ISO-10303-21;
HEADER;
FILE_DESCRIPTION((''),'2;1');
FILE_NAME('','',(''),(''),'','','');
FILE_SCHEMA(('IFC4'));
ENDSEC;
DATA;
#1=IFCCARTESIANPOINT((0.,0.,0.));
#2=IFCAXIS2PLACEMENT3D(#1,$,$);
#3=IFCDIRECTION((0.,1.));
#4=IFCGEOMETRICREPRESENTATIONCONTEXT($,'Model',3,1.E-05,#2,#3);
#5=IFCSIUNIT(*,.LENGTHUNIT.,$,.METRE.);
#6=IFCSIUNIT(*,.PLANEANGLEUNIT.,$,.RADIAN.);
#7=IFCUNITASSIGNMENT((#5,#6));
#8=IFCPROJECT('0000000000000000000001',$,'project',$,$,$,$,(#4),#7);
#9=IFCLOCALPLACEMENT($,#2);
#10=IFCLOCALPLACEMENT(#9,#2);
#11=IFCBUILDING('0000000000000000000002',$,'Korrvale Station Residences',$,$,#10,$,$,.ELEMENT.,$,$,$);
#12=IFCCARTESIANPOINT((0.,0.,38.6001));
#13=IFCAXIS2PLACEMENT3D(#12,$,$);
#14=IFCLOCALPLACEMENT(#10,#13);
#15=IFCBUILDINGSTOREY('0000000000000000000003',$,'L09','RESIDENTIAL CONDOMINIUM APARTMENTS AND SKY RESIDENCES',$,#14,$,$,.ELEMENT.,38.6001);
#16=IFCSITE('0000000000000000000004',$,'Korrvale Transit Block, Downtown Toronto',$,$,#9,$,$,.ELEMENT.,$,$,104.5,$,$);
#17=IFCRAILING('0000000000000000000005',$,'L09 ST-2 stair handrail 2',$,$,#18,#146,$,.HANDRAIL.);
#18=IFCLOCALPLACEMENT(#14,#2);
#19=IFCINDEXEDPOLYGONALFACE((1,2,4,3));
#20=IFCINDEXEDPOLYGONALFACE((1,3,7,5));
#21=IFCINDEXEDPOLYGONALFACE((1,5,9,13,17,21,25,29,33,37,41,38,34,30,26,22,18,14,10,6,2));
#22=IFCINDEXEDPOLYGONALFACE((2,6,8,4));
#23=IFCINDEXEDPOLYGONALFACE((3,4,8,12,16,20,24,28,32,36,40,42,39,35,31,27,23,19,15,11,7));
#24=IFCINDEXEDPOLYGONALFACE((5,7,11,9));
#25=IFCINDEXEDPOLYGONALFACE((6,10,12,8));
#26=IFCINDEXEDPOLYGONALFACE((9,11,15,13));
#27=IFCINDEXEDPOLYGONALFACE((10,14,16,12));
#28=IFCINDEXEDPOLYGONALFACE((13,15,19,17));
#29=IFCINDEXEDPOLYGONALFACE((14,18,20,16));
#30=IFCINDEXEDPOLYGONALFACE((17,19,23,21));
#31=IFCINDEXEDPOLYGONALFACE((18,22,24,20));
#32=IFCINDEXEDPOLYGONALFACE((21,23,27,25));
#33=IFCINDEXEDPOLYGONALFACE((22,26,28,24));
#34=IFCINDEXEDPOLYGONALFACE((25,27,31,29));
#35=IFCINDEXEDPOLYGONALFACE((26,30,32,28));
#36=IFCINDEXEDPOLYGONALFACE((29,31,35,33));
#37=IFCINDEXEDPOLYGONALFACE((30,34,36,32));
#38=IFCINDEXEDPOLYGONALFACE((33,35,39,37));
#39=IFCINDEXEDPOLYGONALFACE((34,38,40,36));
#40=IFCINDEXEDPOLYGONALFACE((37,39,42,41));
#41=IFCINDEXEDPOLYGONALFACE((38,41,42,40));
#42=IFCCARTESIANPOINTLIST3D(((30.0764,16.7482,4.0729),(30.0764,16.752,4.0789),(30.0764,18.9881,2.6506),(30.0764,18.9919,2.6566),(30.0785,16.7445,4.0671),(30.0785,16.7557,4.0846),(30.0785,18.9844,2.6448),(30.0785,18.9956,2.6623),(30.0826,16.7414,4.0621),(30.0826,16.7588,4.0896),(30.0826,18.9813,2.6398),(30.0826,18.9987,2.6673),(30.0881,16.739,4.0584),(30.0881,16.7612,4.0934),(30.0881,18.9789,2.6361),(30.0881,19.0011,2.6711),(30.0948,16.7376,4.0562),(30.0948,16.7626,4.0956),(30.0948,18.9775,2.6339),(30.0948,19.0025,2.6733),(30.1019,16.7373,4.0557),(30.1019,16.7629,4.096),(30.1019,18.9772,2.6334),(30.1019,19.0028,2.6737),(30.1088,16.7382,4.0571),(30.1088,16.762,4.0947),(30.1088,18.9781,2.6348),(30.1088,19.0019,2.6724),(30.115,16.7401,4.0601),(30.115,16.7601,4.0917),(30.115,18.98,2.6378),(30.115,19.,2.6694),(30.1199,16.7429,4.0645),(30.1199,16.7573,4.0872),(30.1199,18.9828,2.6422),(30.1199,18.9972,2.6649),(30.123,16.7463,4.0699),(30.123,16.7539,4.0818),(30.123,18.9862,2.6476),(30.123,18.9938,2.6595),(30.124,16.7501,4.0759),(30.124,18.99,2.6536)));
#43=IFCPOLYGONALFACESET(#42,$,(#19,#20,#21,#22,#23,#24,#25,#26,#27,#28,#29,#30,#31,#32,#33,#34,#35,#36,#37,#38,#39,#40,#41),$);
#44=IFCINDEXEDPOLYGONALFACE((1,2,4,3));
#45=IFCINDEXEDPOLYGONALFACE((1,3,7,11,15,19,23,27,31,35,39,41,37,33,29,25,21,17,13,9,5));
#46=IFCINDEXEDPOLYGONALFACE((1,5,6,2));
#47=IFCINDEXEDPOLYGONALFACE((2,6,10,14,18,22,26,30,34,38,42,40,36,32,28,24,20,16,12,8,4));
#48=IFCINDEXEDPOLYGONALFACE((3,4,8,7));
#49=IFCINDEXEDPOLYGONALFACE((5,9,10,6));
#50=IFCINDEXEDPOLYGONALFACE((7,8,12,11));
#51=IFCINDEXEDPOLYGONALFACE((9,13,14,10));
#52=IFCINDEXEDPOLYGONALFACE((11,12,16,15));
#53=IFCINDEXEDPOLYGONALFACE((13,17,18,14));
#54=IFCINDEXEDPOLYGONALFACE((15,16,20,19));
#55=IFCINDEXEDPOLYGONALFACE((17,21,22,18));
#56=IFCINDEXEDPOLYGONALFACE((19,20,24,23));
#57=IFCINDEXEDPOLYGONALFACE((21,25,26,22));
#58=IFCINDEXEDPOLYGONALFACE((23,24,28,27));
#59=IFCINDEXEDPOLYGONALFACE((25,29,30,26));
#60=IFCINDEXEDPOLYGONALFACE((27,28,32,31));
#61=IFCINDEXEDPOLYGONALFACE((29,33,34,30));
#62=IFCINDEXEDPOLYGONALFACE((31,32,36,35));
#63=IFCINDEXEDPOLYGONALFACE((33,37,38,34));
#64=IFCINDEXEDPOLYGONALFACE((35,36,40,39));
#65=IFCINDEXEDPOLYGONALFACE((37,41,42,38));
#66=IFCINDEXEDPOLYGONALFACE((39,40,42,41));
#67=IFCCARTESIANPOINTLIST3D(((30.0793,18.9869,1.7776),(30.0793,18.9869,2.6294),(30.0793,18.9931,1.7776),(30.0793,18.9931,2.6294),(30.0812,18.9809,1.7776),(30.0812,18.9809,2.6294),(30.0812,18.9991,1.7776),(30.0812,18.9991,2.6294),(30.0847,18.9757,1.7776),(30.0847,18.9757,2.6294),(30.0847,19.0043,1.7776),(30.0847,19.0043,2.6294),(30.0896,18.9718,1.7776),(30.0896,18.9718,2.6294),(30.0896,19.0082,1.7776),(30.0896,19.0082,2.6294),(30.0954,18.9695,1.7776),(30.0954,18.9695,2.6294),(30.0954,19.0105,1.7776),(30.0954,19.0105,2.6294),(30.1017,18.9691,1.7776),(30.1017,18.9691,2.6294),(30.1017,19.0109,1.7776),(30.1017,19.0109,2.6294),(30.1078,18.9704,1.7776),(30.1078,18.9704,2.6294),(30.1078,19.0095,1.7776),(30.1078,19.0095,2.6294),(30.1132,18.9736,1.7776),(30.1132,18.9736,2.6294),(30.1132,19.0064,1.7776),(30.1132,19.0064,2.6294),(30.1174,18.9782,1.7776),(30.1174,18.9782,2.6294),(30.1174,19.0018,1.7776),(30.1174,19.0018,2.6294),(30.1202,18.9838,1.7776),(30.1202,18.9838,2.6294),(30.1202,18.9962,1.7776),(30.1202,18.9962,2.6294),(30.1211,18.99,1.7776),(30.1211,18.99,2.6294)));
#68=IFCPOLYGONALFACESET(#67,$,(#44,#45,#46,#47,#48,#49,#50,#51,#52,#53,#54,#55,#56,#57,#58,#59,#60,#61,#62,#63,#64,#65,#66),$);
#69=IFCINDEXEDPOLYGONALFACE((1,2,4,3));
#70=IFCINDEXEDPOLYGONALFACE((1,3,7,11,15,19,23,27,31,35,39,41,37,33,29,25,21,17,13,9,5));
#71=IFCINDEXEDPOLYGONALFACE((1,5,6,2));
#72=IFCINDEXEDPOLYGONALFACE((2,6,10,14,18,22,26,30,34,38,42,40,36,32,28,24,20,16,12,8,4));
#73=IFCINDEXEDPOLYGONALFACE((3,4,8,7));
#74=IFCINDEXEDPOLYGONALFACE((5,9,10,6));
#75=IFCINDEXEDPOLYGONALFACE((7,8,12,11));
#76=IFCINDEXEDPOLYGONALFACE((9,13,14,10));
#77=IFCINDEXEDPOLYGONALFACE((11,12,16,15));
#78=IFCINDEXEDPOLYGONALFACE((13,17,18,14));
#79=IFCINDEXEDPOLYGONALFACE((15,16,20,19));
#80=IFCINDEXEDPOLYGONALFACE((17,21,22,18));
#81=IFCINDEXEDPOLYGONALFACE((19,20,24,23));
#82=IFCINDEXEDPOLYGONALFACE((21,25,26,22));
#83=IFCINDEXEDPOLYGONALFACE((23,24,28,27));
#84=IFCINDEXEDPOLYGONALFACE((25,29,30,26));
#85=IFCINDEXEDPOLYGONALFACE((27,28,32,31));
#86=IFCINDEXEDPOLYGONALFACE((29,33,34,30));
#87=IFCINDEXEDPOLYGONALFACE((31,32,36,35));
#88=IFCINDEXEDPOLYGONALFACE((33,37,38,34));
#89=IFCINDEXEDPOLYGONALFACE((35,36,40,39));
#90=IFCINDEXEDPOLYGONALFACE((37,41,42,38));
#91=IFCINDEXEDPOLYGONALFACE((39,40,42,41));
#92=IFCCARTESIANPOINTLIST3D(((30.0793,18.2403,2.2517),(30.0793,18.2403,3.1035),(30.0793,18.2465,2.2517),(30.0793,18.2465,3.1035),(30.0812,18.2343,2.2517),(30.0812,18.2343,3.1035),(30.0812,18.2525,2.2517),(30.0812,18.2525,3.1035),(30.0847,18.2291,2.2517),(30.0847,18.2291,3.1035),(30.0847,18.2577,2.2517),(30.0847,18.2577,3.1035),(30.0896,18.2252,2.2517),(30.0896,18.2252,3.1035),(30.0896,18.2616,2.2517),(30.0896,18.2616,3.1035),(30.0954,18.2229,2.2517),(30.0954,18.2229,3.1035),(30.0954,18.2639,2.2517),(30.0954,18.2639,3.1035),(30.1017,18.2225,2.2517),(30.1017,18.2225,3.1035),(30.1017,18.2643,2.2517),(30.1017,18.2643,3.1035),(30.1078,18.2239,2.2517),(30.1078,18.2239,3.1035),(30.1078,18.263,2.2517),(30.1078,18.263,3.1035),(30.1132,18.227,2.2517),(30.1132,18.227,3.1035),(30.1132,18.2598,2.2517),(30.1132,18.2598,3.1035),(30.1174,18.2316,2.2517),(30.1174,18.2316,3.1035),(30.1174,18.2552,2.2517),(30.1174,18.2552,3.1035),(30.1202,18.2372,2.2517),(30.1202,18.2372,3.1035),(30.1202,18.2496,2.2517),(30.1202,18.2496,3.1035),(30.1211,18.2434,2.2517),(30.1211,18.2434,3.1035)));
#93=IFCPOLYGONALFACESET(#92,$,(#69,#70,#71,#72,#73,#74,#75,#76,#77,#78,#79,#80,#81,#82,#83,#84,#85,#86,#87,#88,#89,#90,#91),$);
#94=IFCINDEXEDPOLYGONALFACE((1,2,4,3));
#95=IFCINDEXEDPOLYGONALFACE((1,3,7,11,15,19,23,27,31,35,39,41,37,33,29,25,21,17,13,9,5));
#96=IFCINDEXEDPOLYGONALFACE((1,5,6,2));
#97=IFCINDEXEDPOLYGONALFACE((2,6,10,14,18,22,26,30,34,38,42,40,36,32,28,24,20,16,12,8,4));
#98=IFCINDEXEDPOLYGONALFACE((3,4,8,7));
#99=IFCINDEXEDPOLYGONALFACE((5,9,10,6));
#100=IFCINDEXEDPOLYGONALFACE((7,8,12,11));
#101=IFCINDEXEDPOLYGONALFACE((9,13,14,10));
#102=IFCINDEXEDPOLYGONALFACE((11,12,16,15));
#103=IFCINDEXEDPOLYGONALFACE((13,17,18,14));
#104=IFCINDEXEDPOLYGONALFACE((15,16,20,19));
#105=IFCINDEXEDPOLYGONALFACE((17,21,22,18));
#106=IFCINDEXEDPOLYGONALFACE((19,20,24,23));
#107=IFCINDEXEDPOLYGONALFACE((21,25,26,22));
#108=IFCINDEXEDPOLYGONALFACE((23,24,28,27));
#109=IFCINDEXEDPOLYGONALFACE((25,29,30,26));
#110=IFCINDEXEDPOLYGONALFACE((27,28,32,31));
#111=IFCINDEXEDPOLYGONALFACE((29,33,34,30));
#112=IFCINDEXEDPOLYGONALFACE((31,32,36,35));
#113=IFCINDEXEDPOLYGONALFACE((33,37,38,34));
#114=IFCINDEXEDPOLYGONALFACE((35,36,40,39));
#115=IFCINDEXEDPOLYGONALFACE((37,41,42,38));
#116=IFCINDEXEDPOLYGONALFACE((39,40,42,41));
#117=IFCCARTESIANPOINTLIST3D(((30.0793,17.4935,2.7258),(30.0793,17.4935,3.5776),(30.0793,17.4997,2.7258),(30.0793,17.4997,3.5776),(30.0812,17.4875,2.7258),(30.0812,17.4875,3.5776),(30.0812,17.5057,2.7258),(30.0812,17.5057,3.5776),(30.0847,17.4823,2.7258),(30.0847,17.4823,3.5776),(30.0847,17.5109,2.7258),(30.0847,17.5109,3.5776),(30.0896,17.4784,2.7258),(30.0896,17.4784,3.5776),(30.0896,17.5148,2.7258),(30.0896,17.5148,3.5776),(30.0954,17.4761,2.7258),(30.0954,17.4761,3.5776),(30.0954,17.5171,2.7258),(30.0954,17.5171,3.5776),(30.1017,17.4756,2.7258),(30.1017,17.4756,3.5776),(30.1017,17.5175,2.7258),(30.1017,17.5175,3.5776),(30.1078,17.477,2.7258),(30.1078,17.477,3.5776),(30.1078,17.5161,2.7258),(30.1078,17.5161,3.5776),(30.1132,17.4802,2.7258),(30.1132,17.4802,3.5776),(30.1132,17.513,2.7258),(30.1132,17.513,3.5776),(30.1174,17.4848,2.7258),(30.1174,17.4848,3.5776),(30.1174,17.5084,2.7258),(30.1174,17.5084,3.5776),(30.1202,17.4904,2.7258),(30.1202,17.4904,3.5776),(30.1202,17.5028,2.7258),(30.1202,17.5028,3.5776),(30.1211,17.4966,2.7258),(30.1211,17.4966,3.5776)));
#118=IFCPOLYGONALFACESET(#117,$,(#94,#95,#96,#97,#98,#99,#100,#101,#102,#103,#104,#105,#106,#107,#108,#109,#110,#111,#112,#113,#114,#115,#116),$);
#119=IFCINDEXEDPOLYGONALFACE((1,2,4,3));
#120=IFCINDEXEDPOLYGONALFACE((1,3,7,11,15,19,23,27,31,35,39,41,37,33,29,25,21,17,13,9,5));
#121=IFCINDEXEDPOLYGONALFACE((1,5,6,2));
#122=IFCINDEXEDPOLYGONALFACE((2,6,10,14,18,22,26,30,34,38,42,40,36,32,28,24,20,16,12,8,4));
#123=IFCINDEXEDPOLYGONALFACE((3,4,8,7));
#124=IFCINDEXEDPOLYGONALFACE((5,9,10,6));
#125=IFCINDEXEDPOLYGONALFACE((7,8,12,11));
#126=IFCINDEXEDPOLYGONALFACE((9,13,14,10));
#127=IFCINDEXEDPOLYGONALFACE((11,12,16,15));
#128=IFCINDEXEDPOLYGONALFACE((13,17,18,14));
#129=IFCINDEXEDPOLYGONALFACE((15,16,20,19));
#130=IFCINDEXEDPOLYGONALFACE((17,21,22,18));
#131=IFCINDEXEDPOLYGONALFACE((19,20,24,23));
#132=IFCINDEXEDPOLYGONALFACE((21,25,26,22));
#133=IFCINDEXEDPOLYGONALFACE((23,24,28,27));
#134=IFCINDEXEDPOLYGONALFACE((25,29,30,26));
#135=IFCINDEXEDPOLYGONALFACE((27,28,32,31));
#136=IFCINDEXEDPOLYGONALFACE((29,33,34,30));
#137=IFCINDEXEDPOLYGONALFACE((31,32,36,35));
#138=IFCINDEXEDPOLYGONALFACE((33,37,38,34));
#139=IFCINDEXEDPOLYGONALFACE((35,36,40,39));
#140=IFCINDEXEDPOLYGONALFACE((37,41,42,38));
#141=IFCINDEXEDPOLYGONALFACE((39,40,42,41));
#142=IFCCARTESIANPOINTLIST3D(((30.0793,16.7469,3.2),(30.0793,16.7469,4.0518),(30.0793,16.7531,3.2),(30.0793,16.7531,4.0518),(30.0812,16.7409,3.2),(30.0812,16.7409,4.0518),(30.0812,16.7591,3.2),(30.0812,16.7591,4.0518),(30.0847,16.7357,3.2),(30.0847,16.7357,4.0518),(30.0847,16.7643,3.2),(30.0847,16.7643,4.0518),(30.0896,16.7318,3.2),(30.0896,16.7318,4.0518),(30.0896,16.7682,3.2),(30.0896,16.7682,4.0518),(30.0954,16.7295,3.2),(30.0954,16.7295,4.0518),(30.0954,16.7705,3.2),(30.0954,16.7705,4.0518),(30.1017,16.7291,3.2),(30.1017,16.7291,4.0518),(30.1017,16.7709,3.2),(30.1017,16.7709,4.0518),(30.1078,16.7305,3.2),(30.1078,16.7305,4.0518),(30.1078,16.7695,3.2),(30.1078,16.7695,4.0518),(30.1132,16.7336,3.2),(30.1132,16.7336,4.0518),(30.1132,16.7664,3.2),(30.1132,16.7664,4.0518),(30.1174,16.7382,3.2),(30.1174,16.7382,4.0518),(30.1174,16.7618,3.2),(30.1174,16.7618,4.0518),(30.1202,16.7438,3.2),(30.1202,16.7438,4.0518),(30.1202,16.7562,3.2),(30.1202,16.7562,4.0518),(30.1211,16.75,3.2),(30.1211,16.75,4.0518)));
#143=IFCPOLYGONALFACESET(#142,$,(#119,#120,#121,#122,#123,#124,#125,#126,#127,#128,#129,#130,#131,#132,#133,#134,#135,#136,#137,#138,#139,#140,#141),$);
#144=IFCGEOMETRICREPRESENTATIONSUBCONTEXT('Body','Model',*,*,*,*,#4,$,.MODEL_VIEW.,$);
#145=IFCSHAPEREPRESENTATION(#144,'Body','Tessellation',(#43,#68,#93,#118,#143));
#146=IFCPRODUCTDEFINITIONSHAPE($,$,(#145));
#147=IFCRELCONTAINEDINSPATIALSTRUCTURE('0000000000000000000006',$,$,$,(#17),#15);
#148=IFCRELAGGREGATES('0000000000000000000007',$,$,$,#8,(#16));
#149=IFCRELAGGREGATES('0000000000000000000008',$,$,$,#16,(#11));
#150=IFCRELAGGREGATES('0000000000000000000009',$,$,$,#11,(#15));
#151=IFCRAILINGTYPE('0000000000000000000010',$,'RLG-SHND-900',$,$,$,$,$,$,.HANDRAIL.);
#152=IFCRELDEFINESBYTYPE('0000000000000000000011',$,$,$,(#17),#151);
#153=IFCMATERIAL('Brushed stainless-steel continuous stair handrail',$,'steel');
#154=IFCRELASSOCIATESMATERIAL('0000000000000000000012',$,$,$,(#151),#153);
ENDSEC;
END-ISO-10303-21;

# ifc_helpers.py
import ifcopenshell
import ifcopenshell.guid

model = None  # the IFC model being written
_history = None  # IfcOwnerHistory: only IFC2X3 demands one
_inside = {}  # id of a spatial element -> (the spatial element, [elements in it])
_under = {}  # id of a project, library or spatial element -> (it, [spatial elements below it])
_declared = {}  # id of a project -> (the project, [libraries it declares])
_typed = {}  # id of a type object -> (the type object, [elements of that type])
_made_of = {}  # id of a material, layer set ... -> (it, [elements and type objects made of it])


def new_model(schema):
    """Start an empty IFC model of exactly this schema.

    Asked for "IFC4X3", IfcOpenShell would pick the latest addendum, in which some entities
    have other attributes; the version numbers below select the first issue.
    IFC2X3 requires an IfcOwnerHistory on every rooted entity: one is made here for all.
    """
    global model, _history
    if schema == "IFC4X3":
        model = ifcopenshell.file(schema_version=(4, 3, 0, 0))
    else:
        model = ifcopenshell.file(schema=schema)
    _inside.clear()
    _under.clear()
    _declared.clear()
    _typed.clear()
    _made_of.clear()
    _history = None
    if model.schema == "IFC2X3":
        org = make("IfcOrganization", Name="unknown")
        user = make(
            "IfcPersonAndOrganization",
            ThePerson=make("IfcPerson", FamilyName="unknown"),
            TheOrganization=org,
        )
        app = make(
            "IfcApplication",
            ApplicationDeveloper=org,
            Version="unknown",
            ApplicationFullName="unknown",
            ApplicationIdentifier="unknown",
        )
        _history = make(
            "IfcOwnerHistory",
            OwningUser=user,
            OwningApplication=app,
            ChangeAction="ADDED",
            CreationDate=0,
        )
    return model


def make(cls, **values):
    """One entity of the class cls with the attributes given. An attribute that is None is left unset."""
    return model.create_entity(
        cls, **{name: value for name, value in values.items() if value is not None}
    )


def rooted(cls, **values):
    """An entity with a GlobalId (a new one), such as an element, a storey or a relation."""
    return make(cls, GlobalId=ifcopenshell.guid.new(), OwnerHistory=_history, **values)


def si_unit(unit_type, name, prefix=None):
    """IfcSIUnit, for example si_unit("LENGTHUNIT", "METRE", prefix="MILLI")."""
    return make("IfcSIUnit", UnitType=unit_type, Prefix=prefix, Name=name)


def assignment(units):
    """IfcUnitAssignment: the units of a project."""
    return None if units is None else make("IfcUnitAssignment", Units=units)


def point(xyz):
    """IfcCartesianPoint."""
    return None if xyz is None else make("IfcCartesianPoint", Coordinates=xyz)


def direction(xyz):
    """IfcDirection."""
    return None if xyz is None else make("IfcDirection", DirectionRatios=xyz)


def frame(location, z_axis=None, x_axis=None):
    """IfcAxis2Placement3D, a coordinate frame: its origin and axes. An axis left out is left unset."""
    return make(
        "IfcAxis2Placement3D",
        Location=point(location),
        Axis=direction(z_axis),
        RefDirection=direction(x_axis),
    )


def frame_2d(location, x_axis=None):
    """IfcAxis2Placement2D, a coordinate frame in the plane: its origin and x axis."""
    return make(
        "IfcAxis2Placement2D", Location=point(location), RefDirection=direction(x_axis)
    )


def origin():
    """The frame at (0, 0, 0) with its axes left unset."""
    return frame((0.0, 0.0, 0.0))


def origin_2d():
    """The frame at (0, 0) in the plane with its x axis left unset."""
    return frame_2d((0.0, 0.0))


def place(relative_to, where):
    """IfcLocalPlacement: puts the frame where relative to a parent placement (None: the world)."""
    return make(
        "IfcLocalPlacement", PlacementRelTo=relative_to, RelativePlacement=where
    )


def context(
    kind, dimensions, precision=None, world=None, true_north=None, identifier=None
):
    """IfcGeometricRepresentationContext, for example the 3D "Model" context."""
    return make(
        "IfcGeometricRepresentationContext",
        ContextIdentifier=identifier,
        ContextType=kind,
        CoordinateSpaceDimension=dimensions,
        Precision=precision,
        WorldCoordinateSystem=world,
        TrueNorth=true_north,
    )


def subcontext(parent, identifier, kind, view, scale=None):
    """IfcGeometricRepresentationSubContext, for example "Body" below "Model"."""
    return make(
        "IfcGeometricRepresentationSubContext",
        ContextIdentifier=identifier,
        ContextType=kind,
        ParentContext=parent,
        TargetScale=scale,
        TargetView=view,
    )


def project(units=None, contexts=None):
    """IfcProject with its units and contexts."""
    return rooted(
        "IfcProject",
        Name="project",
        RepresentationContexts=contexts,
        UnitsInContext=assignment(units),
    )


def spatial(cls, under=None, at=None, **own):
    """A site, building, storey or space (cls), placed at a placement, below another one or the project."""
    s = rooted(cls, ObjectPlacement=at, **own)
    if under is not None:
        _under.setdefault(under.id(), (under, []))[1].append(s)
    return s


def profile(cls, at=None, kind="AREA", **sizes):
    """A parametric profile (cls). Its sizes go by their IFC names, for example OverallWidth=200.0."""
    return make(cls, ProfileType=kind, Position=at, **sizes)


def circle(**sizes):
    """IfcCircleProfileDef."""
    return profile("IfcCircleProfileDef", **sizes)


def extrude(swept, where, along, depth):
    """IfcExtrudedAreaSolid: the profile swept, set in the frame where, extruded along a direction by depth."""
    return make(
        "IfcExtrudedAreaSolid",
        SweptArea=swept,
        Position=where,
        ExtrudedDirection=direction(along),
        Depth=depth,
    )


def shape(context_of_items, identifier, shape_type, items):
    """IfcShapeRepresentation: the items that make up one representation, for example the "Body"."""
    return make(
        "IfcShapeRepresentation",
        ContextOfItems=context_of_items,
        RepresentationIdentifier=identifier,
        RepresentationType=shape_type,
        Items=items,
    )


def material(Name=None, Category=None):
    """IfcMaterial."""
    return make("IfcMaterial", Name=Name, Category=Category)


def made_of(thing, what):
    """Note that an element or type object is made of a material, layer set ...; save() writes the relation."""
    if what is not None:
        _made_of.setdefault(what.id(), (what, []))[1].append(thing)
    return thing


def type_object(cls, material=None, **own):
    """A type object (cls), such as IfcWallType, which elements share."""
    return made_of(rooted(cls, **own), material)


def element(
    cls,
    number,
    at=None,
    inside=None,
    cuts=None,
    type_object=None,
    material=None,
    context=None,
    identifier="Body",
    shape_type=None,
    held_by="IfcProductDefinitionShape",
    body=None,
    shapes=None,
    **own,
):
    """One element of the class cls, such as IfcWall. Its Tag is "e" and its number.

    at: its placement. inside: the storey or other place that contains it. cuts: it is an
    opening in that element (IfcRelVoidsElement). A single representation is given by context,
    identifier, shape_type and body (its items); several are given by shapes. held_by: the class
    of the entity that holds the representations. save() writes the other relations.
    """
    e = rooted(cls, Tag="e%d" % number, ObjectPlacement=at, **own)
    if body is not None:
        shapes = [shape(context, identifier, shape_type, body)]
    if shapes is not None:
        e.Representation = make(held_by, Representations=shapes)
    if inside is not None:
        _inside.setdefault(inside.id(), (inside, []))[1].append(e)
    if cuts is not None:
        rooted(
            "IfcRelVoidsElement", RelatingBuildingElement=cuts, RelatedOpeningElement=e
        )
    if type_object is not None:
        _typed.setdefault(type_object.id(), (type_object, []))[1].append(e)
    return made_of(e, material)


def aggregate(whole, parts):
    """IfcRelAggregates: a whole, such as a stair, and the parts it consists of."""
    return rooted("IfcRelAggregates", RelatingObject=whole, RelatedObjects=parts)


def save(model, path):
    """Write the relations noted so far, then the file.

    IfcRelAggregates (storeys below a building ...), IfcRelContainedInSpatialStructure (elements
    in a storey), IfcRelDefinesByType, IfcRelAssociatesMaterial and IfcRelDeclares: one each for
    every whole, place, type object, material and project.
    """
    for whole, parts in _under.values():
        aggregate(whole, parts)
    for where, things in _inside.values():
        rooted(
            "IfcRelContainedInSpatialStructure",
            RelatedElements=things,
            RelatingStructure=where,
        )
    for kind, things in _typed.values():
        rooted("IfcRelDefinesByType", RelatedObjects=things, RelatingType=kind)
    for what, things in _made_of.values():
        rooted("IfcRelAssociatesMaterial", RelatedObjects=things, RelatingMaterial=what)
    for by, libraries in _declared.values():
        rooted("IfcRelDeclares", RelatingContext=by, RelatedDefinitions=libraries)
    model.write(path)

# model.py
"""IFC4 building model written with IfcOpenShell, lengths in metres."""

from ifc_helpers import new_model, si_unit, direction, frame, origin, origin_2d, place, context, subcontext, project, spatial, circle, extrude, material, type_object, element, save


model = new_model("IFC4")

# Units and contexts
model_context = context("Model", 3, precision=1e-05, world=origin(), true_north=direction((0.0, 1.0)))
body_context = subcontext(model_context, "Body", "Model", "MODEL_VIEW")
ifc_project = project(units=[si_unit("LENGTHUNIT", "METRE"), si_unit("PLANEANGLEUNIT", "RADIAN")], contexts=[model_context])

# Site, building, storey
site_placement = place(None, origin())
site = spatial("IfcSite", under=ifc_project, at=site_placement, Name="Korrvale Transit Block, Downtown Toronto", CompositionType="ELEMENT", RefElevation=104.5)
building_placement = place(site_placement, origin())
building = spatial("IfcBuilding", under=site, at=building_placement, Name="Korrvale Station Residences", CompositionType="ELEMENT")
storey_placement = place(building_placement, frame((0.0, 0.0, 38.6001)))
storey = spatial("IfcBuildingStorey", under=building, at=storey_placement, Name="L09", Description="RESIDENTIAL CONDOMINIUM APARTMENTS AND SKY RESIDENCES", CompositionType="ELEMENT", Elevation=38.6001)

# Railing
ifc_material_1 = material(Name="Brushed stainless-steel continuous stair handrail", Category="steel")
railing_type_1 = type_object("IfcRailingType", Name="RLG-SHND-900", PredefinedType="HANDRAIL", material=ifc_material_1)
railing_1_placement = place(storey_placement, frame((30.1001, 18.99, 1.7776)))
element("IfcRailing", 1, at=railing_1_placement, inside=storey, type_object=railing_type_1, Name="L09 ST-2 stair handrail 2", PredefinedType="HANDRAIL", context=body_context, shape_type="SweptSolid", body=[
    extrude(circle(Radius=0.0239, at=origin_2d()), frame((0.0, 0.0, 0.876), z_axis=(0.0, -0.844188, 0.536048), x_axis=(1.0, 0.0, 0.0)), (0.0, 0.0, 1.0), 2.6533),
    extrude(circle(Radius=0.021, at=origin_2d()), origin(), (0.0, 0.0, 1.0), 0.8518),
    extrude(circle(Radius=0.021, at=origin_2d()), frame((0.0, -0.7466, 0.4741)), (0.0, 0.0, 1.0), 0.8518),
    extrude(circle(Radius=0.021, at=origin_2d()), frame((0.0, -1.4934, 0.9482)), (0.0, 0.0, 1.0), 0.8518),
    extrude(circle(Radius=0.021, at=origin_2d()), frame((0.0, -2.24, 1.4224)), (0.0, 0.0, 1.0), 0.8518),
])

save(model, "model.ifc")
